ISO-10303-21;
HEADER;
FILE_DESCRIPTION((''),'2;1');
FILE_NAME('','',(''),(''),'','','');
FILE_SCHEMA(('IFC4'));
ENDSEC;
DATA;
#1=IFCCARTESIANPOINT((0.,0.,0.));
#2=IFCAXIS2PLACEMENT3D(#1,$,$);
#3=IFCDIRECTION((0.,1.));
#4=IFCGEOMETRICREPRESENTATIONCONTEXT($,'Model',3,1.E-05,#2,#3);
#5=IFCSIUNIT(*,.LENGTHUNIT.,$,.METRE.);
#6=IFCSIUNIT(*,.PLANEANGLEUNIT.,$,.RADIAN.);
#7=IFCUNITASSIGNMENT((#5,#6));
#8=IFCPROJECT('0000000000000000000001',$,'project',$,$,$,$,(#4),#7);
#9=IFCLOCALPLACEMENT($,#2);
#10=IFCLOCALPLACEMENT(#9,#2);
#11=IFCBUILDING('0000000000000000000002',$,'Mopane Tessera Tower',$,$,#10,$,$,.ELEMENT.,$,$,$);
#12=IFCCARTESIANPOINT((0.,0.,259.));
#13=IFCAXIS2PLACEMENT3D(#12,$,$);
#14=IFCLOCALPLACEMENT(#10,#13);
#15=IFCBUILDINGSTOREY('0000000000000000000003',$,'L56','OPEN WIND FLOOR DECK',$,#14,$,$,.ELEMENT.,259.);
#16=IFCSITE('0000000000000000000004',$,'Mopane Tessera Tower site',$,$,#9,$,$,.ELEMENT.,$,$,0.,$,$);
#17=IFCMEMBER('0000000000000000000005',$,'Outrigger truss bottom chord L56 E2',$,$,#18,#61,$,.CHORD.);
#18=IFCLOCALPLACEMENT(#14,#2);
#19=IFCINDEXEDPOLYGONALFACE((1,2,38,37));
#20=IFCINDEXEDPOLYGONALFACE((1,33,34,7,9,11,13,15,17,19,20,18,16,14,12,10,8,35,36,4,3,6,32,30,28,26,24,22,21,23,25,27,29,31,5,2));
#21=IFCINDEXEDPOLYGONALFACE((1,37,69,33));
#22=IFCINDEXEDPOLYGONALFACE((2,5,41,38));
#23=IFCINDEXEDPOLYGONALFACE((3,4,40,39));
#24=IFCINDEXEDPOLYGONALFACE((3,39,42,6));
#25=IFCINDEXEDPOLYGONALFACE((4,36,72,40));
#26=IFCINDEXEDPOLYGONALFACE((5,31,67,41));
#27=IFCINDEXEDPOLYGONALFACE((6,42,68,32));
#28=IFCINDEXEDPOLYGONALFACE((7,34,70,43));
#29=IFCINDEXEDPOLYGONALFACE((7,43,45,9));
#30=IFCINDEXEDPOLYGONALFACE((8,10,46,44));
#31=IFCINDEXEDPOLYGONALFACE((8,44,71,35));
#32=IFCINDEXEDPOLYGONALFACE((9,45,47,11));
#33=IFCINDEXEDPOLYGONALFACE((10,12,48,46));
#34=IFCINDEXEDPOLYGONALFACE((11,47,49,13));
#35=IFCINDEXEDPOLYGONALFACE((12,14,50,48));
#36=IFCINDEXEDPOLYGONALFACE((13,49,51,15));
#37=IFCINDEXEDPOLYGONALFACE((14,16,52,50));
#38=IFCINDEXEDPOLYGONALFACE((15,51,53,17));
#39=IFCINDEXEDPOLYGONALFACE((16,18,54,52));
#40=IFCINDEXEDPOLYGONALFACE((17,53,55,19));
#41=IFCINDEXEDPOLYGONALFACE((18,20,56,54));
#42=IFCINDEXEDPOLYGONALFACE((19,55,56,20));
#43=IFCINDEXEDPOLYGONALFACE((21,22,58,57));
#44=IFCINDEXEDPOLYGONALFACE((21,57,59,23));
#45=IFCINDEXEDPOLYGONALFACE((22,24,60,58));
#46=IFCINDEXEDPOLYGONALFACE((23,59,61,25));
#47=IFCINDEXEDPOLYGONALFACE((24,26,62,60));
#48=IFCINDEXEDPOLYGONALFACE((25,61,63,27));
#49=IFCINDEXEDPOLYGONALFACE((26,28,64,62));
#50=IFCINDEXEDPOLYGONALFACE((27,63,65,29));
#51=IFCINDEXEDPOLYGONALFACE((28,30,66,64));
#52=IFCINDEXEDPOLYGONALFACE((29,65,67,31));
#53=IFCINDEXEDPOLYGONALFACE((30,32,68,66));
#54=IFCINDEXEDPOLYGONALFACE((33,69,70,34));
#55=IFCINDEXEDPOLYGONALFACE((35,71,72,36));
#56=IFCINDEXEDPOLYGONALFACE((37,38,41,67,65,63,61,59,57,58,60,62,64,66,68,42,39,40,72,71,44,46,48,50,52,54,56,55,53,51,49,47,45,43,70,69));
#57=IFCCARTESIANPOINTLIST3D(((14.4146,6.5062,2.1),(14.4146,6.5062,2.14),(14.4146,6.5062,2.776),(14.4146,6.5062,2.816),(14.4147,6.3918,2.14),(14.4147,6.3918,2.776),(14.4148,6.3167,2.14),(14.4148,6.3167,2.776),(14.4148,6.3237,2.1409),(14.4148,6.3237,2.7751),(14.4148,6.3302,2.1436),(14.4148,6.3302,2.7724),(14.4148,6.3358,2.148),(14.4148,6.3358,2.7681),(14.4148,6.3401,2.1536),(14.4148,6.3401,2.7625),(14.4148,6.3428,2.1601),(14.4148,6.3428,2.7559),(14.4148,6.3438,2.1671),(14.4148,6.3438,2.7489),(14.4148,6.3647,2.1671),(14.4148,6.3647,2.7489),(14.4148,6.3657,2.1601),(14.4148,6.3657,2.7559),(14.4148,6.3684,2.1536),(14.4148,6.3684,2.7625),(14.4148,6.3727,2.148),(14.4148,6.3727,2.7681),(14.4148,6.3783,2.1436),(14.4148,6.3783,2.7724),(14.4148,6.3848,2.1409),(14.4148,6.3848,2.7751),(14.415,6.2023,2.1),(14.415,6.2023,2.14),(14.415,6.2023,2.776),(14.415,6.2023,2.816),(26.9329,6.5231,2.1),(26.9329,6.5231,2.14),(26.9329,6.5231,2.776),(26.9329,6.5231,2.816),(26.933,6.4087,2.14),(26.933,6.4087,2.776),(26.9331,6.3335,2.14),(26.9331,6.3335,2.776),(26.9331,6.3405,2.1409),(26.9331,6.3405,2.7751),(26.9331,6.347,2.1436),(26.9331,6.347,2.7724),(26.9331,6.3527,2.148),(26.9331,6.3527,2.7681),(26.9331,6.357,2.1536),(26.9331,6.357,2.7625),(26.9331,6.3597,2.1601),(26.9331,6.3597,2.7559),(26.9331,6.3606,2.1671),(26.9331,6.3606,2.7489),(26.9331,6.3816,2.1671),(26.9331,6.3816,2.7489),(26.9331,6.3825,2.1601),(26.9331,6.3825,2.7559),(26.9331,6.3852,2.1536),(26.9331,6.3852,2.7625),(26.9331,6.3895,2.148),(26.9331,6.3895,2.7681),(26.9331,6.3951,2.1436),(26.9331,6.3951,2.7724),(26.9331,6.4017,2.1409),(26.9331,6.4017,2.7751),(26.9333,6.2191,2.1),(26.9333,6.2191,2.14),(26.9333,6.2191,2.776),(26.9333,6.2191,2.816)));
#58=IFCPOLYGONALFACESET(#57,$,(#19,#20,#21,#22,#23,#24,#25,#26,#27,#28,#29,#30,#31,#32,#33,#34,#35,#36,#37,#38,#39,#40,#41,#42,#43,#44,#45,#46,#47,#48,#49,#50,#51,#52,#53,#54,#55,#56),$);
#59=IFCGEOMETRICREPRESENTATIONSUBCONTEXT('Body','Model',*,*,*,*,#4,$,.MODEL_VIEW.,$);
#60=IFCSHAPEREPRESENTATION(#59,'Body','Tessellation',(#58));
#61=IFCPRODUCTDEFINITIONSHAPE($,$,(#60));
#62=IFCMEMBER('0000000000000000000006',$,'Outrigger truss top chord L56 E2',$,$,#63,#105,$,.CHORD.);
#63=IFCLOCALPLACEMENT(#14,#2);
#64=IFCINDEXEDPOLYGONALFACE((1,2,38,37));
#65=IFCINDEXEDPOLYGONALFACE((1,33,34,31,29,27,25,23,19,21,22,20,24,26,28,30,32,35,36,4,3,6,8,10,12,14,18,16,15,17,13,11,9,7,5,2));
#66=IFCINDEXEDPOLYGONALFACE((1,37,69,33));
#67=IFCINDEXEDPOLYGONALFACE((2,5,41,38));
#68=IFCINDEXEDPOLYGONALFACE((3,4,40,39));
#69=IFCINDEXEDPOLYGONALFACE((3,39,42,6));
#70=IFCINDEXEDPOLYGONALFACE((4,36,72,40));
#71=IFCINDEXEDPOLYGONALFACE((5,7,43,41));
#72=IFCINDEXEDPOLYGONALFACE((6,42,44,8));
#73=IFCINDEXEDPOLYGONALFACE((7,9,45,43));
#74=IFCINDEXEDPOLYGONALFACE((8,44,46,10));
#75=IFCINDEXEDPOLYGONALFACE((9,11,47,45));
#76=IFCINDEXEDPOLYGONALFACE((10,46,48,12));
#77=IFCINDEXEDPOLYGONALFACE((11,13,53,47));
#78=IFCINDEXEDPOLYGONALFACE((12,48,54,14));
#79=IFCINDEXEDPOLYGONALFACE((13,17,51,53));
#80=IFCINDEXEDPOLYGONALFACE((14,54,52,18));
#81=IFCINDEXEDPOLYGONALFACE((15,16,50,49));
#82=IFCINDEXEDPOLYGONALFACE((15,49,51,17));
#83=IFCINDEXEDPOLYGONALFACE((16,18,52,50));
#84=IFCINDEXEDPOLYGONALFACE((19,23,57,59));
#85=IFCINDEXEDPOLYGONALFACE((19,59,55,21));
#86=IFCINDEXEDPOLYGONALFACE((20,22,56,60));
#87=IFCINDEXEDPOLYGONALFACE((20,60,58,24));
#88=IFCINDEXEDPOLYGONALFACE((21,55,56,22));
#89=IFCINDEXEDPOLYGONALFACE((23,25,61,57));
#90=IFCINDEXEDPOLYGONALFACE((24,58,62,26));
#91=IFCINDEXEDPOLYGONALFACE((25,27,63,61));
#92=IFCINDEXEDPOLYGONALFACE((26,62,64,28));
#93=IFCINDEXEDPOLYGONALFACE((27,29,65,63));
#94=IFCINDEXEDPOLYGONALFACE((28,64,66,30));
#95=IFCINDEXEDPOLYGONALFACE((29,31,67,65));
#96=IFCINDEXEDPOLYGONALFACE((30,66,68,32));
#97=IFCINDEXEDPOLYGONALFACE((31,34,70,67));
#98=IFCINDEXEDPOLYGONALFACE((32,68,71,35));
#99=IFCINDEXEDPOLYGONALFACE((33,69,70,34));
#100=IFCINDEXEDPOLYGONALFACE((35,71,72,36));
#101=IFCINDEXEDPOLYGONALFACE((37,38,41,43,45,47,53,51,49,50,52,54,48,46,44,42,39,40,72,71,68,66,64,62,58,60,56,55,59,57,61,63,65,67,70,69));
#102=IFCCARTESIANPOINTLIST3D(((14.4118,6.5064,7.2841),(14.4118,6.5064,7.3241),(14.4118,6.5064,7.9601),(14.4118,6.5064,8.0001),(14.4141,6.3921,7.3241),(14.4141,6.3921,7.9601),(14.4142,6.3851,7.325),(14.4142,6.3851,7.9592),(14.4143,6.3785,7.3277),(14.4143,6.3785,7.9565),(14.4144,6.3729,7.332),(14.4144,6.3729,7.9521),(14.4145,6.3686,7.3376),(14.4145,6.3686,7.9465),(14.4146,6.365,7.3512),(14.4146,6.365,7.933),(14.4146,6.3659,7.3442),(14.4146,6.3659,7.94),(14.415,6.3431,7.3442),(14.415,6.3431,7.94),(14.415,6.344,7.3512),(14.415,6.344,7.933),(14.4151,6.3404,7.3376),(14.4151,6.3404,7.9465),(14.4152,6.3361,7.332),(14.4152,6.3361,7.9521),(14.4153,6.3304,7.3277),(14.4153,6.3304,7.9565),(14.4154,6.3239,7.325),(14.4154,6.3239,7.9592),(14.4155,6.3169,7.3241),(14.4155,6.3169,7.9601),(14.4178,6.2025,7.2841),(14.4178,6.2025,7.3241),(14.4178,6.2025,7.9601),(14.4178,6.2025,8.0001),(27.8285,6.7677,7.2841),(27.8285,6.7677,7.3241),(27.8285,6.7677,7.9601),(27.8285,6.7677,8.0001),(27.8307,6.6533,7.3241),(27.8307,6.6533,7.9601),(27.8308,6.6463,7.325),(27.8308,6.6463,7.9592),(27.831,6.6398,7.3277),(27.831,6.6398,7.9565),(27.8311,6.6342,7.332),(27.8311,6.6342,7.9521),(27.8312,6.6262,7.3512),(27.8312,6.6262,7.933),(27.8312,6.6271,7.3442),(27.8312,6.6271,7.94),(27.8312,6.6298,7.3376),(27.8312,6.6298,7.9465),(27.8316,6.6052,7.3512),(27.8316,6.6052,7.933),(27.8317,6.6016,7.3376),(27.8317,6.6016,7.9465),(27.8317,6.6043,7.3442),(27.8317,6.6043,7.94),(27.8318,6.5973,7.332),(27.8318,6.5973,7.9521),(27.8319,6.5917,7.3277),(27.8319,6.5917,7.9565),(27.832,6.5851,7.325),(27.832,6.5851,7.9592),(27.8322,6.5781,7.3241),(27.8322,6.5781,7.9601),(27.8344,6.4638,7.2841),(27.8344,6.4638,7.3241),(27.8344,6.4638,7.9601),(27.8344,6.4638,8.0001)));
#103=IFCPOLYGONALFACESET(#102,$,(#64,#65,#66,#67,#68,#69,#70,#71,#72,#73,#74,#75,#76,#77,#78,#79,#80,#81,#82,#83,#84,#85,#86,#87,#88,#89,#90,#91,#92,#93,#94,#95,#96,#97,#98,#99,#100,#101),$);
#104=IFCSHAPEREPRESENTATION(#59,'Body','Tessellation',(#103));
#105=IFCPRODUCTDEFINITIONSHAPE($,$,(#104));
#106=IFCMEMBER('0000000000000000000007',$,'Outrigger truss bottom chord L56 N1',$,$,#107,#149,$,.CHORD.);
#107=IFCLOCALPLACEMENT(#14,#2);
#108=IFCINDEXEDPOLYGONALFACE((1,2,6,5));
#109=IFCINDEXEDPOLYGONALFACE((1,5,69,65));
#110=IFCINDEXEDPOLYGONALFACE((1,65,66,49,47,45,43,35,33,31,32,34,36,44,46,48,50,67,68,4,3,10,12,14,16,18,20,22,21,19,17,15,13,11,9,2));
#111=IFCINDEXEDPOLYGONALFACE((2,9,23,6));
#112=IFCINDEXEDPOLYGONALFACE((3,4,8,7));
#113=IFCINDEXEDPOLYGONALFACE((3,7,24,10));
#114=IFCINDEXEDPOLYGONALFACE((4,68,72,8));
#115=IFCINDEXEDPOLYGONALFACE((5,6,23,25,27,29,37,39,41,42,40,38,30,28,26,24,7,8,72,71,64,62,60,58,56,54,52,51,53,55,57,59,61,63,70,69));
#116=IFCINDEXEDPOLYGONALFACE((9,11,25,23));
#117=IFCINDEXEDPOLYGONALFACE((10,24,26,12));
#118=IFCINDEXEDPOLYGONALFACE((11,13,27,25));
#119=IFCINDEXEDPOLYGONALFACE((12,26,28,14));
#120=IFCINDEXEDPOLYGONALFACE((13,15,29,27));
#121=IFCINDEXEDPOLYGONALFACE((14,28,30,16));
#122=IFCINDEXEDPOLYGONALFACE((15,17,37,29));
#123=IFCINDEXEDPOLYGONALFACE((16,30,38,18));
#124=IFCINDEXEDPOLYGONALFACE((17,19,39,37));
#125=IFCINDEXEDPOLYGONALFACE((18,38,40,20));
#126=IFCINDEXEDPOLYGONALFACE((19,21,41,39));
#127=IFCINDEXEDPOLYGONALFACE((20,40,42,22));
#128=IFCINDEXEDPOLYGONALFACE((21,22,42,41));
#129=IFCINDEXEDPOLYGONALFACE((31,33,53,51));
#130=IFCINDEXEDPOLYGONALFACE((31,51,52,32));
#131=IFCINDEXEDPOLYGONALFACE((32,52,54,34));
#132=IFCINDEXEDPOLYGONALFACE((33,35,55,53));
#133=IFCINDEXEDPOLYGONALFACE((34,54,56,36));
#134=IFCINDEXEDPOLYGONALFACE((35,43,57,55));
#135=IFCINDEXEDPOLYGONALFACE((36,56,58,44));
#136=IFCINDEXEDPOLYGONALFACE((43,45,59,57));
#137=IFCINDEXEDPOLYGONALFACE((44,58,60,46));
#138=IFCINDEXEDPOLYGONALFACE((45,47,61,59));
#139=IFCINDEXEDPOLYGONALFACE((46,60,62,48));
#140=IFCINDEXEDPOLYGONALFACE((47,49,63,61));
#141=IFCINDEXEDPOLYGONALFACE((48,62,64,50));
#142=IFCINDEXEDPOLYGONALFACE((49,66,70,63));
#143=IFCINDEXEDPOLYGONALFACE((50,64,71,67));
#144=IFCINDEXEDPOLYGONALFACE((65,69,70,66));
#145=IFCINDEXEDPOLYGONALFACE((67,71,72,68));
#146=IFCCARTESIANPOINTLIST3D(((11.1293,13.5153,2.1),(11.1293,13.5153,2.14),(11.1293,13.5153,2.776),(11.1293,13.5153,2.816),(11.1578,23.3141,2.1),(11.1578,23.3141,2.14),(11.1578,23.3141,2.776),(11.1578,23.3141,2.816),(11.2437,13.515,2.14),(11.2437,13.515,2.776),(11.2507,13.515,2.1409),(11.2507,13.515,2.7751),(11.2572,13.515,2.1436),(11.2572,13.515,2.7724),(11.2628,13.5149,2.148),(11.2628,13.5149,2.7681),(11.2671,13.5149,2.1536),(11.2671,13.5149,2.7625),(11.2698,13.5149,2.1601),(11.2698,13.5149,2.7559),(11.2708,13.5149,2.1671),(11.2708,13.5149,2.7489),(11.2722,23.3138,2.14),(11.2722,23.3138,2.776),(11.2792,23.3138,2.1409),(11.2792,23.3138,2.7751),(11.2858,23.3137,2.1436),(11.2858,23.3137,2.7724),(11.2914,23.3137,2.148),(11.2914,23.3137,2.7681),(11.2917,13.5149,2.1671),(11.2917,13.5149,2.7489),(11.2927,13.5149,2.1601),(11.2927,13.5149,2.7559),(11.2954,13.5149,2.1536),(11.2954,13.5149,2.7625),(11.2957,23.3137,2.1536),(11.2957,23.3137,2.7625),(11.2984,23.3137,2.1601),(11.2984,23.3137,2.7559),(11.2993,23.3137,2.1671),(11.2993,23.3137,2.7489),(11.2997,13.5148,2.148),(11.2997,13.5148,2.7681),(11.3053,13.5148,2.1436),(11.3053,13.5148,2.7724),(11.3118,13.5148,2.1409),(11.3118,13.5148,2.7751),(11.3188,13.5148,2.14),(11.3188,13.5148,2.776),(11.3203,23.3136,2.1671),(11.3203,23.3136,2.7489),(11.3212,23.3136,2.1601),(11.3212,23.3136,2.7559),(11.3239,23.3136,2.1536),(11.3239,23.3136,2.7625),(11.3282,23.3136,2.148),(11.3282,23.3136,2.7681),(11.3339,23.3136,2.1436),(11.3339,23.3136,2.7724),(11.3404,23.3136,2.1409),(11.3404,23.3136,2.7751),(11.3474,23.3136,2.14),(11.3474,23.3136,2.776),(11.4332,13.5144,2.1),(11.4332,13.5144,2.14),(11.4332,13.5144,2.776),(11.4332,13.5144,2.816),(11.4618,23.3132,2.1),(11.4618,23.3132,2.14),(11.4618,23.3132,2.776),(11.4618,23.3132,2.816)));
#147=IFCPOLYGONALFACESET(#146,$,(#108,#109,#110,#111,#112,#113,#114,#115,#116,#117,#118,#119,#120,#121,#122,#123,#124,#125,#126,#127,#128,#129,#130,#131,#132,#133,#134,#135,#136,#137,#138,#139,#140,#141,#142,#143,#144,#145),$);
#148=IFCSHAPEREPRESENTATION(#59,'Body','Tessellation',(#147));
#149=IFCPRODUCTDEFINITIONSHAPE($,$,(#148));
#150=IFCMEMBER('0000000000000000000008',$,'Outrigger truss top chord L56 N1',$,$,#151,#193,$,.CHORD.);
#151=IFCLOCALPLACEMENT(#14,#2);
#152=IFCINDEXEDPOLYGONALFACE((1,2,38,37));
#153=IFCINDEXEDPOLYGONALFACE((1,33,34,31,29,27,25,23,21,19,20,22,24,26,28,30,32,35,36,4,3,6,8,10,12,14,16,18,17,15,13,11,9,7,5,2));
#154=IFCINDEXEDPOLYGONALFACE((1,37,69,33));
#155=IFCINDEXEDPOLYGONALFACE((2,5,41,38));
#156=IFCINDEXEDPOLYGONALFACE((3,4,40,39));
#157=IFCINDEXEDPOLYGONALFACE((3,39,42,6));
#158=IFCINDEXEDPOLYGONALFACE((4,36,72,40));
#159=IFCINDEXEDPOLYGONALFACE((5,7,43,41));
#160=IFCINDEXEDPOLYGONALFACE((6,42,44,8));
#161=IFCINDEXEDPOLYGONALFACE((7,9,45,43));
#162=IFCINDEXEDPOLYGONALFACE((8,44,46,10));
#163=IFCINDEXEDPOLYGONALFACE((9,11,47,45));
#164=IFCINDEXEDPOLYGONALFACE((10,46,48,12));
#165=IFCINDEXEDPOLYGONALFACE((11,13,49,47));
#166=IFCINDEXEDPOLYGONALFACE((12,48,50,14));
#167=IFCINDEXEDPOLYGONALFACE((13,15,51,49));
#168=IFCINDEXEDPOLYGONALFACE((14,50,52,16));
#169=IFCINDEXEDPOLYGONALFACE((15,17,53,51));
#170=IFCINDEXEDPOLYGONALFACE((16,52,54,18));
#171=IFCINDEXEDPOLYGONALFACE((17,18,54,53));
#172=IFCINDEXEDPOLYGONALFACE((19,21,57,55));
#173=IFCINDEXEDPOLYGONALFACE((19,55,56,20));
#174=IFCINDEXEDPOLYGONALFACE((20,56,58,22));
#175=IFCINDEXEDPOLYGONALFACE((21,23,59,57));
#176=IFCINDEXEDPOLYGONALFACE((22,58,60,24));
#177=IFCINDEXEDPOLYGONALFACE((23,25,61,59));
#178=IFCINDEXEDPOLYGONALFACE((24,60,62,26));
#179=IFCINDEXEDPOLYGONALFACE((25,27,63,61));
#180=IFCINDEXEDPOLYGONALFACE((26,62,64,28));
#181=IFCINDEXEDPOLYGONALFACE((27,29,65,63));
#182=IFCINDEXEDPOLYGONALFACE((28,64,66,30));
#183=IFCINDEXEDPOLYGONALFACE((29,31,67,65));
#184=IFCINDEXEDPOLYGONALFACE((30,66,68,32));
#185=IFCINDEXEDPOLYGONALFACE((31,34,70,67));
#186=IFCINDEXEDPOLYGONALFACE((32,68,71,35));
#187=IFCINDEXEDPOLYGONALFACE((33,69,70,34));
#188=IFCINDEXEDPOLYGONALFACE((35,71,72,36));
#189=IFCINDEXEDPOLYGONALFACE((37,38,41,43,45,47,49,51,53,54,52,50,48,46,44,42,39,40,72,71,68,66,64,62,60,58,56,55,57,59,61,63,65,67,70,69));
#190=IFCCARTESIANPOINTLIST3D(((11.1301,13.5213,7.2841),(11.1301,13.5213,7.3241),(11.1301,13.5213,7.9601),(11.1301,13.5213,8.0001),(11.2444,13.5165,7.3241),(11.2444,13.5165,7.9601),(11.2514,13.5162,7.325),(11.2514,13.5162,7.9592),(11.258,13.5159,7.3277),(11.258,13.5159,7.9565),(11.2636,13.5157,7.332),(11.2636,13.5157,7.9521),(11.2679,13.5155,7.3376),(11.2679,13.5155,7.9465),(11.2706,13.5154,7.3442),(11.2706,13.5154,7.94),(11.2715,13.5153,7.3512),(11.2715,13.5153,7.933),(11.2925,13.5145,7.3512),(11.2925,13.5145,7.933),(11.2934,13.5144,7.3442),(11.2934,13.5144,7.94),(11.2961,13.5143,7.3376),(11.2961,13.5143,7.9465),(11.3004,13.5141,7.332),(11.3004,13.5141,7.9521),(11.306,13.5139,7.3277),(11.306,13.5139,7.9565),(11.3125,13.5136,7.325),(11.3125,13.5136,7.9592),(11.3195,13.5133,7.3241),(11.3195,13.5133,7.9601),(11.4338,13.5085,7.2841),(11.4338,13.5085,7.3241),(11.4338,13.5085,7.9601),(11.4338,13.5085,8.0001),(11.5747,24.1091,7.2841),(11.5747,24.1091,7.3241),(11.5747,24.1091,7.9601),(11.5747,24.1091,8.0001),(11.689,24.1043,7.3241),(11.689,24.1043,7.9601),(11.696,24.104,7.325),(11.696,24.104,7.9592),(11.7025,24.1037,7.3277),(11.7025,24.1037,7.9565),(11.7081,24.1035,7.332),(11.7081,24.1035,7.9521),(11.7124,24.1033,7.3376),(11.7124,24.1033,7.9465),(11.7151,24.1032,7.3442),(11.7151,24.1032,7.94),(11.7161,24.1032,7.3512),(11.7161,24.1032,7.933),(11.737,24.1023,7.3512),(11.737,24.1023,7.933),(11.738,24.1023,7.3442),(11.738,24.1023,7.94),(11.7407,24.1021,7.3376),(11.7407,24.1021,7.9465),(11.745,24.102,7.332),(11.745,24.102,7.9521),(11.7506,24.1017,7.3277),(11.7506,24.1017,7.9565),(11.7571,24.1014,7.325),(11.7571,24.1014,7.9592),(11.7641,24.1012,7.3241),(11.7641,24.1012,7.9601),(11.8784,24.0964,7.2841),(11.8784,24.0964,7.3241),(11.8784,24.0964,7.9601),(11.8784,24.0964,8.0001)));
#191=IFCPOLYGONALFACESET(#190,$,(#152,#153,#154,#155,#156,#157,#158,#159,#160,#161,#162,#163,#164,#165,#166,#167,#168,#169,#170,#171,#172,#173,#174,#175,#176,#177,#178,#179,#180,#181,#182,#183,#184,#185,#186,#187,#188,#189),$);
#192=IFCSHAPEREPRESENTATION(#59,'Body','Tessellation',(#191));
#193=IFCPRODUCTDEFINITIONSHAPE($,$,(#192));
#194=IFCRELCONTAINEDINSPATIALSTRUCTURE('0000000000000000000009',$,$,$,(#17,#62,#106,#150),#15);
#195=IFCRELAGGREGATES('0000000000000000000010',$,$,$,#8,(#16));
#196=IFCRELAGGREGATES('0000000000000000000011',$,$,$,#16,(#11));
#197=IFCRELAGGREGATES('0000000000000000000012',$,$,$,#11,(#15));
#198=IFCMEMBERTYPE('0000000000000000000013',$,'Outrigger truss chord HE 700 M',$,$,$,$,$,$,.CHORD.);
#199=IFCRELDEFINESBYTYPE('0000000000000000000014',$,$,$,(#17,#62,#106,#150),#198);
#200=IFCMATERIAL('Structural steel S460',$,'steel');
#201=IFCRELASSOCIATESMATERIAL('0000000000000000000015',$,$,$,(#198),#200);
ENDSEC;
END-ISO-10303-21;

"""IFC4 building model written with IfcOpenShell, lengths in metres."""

from ifc_helpers import new_model, si_unit, direction, frame, origin, origin_2d, place, context, subcontext, project, spatial, i_section, extrude, material, material_profile, profile_set, type_object, element, save


model = new_model("IFC4")

# Units and contexts
model_context = context("Model", 3, precision=1e-05, world=origin(), true_north=direction((0.0, 1.0)))
body_context = subcontext(model_context, "Body", "Model", "MODEL_VIEW")
ifc_project = project(units=[si_unit("LENGTHUNIT", "METRE"), si_unit("PLANEANGLEUNIT", "RADIAN")], contexts=[model_context])

# Site, building, storey
site_placement = place(None, origin())
site = spatial("IfcSite", under=ifc_project, at=site_placement, Name="Mopane Tessera Tower site", CompositionType="ELEMENT", RefElevation=0.0)
building_placement = place(site_placement, origin())
building = spatial("IfcBuilding", under=site, at=building_placement, Name="Mopane Tessera Tower", CompositionType="ELEMENT")
storey_placement = place(building_placement, frame((0.0, 0.0, 259.0)))
storey = spatial("IfcBuildingStorey", under=building, at=storey_placement, Name="L56", Description="OPEN WIND FLOOR DECK", CompositionType="ELEMENT", Elevation=259.0)

# Members
ifc_material_1 = material(Name="Structural steel S460", Category="steel")
ifc_material_profile_1 = material_profile(ifc_material_1, i_section(OverallWidth=0.304, OverallDepth=0.7161, WebThickness=0.021, FlangeThickness=0.04, FilletRadius=0.0271, at=origin_2d()))
ifc_profile_set_1 = profile_set([ifc_material_profile_1], Name="Structural steel S460")
member_type_1 = type_object("IfcMemberType", Name="Outrigger truss chord HE 700 M", PredefinedType="CHORD", material=ifc_profile_set_1)
member_1_placement = place(storey_placement, frame((14.4148, 6.3542, 2.458), z_axis=(0.999999, 0.001346, 0.0), x_axis=(-0.001346, 0.999999, 0.0)))
element("IfcMember", 1, at=member_1_placement, inside=storey, type_object=member_type_1, Name="Outrigger truss bottom chord L56 E2", PredefinedType="CHORD", context=body_context, shape_type="SweptSolid", body=[
    extrude(i_section(OverallWidth=0.304, OverallDepth=0.7161, WebThickness=0.021, FlangeThickness=0.04, FilletRadius=0.0271, at=origin_2d()), origin(), (0.0, 0.0, 1.0), 12.5183),
])
member_2_placement = place(storey_placement, frame((14.4148, 6.3545, 7.6421), z_axis=(0.999811, 0.019467, 0.0), x_axis=(-0.019467, 0.999811, 0.0)))
element("IfcMember", 2, at=member_2_placement, inside=storey, type_object=member_type_1, Name="Outrigger truss top chord L56 E2", PredefinedType="CHORD", context=body_context, shape_type="SweptSolid", body=[
    extrude(i_section(OverallWidth=0.304, OverallDepth=0.7161, WebThickness=0.021, FlangeThickness=0.04, FilletRadius=0.0271, at=origin_2d()), origin(), (0.0, 0.0, 1.0), 13.4192),
])
member_3_placement = place(storey_placement, frame((11.2812, 13.5149, 2.458), z_axis=(0.002915, 0.999996, 0.0), x_axis=(-0.999996, 0.002915, 0.0)))
element("IfcMember", 3, at=member_3_placement, inside=storey, type_object=member_type_1, Name="Outrigger truss bottom chord L56 N1", PredefinedType="CHORD", context=body_context, shape_type="SweptSolid", body=[
    extrude(i_section(OverallWidth=0.304, OverallDepth=0.7161, WebThickness=0.021, FlangeThickness=0.04, FilletRadius=0.0271, at=origin_2d()), origin(), (0.0, 0.0, 1.0), 9.7988),
])
member_4_placement = place(storey_placement, frame((11.282, 13.5149, 7.6421), z_axis=(0.041953, 0.99912, 0.0), x_axis=(-0.99912, 0.041953, 0.0)))
element("IfcMember", 4, at=member_4_placement, inside=storey, type_object=member_type_1, Name="Outrigger truss top chord L56 N1", PredefinedType="CHORD", context=body_context, shape_type="SweptSolid", body=[
    extrude(i_section(OverallWidth=0.304, OverallDepth=0.7161, WebThickness=0.021, FlangeThickness=0.04, FilletRadius=0.0271, at=origin_2d()), origin(), (0.0, 0.0, 1.0), 10.5972),
])

save(model, "model.ifc")
